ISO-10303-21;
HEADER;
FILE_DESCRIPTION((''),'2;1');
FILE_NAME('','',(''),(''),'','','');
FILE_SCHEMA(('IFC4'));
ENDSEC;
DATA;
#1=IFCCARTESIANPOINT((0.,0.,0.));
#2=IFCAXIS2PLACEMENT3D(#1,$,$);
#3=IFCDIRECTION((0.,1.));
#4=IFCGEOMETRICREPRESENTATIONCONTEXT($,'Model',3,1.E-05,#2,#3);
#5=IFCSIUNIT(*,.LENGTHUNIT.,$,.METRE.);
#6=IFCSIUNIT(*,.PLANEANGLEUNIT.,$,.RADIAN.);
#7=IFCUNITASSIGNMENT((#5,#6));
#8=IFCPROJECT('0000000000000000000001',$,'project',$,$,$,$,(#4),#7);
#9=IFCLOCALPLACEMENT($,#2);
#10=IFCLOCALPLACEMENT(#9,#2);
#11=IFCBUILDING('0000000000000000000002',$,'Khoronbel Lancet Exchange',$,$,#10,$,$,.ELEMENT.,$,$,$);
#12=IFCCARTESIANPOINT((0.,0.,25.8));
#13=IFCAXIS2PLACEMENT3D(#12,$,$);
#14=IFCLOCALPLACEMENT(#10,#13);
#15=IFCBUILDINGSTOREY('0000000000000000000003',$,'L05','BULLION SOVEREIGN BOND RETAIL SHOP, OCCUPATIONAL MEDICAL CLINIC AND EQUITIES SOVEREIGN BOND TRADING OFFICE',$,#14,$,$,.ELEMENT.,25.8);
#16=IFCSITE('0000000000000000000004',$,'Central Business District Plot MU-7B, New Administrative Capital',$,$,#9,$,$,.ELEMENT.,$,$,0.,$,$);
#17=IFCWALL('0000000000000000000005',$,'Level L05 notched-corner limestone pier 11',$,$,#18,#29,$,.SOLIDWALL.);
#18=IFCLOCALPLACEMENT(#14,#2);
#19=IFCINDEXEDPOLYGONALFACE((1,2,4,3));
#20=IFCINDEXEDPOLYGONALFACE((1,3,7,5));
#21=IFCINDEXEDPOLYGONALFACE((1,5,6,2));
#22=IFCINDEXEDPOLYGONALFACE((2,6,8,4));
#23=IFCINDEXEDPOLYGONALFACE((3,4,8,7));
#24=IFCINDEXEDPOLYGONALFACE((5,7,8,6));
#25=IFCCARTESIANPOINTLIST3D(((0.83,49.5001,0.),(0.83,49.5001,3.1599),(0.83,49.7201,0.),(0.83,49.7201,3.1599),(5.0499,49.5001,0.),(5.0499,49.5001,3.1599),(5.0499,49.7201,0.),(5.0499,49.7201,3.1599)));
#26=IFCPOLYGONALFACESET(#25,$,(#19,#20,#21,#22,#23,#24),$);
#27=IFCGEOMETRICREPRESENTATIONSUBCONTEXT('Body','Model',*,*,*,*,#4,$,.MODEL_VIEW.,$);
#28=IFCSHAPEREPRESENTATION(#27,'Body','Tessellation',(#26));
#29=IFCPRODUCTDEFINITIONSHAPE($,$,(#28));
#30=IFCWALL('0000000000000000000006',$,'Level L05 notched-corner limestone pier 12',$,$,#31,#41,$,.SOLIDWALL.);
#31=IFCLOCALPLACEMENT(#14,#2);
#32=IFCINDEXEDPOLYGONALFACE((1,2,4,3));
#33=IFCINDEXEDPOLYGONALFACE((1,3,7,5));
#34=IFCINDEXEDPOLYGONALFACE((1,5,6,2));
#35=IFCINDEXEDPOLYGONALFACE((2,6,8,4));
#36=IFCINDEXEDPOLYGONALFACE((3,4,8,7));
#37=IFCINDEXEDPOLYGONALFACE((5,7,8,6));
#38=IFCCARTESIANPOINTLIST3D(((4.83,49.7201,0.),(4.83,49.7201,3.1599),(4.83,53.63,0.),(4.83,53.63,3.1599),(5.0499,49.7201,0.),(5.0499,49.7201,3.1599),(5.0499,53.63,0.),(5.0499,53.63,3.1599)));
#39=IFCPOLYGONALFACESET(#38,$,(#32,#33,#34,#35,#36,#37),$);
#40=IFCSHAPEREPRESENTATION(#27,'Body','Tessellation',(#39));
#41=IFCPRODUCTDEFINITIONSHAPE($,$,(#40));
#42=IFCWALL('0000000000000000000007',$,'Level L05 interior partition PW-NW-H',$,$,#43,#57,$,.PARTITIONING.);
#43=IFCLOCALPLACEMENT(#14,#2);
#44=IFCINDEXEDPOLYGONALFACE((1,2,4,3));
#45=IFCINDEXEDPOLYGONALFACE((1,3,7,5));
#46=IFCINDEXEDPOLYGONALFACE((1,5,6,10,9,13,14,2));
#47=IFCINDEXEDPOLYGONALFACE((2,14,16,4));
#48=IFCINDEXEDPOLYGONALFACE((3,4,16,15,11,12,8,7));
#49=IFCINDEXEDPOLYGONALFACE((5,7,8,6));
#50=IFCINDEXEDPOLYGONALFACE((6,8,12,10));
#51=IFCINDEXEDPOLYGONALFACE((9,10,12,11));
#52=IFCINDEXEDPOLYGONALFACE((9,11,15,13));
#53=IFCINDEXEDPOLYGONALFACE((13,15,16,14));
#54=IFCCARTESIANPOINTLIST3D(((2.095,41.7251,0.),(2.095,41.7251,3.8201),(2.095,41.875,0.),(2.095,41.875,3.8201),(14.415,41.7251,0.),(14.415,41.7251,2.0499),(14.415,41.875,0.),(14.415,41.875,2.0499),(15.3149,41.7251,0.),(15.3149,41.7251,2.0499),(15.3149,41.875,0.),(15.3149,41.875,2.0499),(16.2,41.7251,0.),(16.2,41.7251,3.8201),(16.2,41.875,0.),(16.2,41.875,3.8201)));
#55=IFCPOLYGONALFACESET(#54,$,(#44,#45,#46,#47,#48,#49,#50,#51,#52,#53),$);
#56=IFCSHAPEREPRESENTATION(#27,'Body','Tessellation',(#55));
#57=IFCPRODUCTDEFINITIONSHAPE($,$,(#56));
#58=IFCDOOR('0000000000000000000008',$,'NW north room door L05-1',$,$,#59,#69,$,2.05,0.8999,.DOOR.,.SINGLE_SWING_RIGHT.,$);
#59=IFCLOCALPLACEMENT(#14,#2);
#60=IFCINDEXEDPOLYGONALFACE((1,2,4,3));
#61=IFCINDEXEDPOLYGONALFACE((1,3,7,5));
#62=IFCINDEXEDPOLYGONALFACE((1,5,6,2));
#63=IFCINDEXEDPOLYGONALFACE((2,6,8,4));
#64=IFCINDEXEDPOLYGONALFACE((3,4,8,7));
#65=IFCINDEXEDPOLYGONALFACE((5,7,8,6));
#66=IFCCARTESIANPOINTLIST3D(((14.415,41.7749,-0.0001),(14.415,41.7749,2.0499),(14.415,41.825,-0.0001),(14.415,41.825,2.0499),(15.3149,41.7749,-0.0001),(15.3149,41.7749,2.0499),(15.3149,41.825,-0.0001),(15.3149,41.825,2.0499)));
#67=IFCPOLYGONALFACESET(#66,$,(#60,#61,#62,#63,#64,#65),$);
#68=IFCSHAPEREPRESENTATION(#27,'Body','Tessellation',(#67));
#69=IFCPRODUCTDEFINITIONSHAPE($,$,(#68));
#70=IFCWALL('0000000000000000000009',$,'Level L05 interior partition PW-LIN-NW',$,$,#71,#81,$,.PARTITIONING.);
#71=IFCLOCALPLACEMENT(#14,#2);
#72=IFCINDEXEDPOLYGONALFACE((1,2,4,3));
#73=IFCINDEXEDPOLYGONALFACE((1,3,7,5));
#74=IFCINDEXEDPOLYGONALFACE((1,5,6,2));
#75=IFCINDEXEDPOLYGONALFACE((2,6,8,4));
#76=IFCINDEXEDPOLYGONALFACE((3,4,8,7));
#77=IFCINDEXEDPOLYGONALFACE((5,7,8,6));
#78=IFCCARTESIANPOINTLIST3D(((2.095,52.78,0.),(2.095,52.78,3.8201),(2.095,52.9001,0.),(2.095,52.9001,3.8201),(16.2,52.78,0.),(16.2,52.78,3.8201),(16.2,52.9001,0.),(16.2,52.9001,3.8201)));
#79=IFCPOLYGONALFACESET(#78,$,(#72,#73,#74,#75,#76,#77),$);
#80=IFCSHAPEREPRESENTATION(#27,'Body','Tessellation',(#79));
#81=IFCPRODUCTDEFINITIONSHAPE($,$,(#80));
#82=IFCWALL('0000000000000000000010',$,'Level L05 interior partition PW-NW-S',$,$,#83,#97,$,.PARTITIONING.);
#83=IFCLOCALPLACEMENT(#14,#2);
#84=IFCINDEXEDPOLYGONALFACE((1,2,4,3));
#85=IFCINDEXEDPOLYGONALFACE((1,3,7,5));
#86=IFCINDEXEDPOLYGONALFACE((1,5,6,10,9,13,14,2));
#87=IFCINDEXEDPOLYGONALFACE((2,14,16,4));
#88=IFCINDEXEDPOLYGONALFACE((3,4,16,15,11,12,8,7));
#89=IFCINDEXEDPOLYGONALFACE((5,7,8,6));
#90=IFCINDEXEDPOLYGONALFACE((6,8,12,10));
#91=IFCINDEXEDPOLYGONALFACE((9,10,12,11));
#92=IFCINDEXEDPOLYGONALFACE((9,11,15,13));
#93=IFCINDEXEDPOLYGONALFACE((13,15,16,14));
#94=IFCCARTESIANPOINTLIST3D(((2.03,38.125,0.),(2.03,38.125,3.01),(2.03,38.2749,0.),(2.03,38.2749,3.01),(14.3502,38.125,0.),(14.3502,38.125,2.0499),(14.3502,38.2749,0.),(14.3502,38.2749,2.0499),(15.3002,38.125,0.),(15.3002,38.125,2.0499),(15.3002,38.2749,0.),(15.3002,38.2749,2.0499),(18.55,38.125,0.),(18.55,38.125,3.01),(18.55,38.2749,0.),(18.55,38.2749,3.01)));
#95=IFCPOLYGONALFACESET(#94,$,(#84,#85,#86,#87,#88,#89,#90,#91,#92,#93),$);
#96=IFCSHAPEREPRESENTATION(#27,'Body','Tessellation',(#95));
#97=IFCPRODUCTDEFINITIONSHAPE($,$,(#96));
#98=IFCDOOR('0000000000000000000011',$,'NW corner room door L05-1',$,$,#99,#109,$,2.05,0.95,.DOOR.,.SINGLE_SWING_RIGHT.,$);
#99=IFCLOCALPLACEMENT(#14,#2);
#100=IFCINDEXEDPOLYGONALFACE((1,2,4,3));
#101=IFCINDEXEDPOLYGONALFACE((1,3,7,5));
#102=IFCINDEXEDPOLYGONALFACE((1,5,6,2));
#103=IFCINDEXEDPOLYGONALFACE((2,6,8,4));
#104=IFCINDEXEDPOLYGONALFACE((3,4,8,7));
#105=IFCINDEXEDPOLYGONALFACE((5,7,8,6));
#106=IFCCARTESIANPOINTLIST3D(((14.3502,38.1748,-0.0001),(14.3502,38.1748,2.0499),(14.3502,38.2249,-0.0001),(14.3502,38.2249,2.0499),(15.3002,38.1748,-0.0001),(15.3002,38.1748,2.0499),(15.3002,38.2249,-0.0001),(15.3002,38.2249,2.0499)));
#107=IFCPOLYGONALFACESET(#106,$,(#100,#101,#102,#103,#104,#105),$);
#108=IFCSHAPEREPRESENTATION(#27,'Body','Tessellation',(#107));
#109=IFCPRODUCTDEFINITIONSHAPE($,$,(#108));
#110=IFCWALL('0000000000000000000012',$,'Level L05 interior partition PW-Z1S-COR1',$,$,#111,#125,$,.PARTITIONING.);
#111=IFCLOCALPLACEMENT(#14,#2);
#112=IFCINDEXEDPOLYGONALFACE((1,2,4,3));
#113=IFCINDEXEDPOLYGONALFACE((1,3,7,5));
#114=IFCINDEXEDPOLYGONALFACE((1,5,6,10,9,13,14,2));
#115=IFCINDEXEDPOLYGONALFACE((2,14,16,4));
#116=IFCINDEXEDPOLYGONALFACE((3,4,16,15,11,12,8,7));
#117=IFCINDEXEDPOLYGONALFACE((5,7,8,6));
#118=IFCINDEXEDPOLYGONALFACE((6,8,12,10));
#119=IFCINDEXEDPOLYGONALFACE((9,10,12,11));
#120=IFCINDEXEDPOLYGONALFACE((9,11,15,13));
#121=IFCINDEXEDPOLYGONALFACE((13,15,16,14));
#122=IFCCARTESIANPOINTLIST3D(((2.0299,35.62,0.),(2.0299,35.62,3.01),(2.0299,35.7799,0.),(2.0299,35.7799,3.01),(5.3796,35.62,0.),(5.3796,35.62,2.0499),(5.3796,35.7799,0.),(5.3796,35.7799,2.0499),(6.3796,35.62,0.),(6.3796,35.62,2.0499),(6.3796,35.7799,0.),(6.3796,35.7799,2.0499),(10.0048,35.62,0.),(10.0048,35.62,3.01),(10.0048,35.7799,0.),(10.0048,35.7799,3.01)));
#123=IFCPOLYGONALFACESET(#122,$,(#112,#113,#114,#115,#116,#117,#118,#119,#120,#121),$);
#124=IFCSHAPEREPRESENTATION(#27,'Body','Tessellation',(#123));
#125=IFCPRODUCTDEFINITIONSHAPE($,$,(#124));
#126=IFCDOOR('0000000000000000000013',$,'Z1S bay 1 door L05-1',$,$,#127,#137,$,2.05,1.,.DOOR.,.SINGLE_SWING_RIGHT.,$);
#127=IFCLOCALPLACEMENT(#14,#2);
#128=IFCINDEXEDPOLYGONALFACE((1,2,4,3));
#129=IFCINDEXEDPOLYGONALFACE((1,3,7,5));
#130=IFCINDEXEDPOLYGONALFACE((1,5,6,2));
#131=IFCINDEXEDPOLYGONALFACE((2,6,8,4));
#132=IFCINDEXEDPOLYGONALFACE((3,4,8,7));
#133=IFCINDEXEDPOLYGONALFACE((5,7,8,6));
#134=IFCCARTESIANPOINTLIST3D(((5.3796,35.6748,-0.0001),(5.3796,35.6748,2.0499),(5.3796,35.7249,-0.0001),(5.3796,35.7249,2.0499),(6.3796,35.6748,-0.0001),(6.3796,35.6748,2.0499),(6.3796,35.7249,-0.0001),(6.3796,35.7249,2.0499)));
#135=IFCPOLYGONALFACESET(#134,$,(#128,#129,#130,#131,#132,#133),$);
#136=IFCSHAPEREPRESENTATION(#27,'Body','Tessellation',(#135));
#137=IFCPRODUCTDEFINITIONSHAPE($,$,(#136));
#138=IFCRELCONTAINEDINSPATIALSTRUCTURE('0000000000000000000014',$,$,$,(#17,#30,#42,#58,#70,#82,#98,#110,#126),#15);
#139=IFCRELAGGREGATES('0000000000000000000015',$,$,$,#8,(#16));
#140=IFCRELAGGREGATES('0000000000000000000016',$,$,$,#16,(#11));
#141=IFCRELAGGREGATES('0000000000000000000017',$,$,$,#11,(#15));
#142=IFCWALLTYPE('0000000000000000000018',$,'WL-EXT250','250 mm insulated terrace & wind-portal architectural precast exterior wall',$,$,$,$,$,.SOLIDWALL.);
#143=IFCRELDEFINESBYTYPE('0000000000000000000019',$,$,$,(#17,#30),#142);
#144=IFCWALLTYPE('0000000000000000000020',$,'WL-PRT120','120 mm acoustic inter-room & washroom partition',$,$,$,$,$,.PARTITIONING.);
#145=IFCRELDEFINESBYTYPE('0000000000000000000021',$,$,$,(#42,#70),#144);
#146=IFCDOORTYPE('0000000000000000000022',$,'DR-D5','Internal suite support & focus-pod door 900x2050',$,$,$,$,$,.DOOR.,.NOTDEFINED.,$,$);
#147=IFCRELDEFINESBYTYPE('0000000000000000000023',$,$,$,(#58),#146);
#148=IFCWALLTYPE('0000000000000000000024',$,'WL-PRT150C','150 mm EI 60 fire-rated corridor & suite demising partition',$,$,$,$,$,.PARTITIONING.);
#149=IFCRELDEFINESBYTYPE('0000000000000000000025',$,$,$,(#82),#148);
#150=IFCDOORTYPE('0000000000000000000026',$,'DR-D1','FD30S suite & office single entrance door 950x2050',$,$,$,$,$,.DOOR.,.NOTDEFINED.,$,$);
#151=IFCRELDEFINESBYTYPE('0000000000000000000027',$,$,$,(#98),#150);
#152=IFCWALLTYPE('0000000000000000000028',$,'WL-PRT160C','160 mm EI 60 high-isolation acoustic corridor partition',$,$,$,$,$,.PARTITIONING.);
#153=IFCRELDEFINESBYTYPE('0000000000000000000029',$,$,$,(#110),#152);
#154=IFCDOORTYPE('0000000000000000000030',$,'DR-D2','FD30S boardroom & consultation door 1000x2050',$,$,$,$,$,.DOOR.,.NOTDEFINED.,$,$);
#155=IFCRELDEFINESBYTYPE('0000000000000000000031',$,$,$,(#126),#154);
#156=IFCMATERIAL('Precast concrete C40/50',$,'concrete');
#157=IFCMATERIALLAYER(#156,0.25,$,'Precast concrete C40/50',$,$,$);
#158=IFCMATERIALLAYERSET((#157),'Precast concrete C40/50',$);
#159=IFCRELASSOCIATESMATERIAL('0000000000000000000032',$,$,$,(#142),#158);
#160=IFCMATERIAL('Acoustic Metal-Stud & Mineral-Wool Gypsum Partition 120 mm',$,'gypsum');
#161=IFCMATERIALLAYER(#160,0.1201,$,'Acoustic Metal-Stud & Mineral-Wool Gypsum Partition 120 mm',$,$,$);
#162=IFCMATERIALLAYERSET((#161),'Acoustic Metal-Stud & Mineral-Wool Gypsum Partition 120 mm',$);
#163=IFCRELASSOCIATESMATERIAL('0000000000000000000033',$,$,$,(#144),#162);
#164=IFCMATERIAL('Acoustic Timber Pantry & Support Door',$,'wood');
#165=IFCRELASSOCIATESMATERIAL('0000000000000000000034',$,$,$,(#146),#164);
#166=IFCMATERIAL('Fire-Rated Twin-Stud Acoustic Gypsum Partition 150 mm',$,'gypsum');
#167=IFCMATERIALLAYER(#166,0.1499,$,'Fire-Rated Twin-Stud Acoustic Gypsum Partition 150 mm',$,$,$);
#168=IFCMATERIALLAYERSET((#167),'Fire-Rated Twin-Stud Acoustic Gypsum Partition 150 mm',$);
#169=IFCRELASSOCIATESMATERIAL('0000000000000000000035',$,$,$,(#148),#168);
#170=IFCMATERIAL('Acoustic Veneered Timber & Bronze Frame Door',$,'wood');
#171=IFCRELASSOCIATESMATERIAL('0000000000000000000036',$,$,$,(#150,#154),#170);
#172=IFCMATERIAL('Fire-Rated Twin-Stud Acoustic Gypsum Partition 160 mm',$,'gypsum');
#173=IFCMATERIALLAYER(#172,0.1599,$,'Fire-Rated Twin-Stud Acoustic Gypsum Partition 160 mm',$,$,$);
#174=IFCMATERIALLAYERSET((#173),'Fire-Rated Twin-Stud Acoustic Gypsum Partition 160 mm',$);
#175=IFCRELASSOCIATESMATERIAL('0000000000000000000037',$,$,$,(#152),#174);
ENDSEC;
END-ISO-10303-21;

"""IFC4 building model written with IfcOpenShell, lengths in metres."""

from ifc_helpers import new_model, si_unit, direction, frame, frame_2d, origin, place, context, subcontext, project, spatial, rectangle, extrude, material, layer, layer_set, type_object, element, fill, save


model = new_model("IFC4")

# Units and contexts
model_context = context("Model", 3, precision=1e-05, world=origin(), true_north=direction((0.0, 1.0)))
body_context = subcontext(model_context, "Body", "Model", "MODEL_VIEW")
ifc_project = project(units=[si_unit("LENGTHUNIT", "METRE"), si_unit("PLANEANGLEUNIT", "RADIAN")], contexts=[model_context])

# Site, building, storey
site_placement = place(None, origin())
site = spatial("IfcSite", under=ifc_project, at=site_placement, Name="Central Business District Plot MU-7B, New Administrative Capital", CompositionType="ELEMENT", RefElevation=0.0)
building_placement = place(site_placement, origin())
building = spatial("IfcBuilding", under=site, at=building_placement, Name="Khoronbel Lancet Exchange", CompositionType="ELEMENT")
storey_placement = place(building_placement, frame((0.0, 0.0, 25.8)))
storey = spatial("IfcBuildingStorey", under=building, at=storey_placement, Name="L05", Description="BULLION SOVEREIGN BOND RETAIL SHOP, OCCUPATIONAL MEDICAL CLINIC AND EQUITIES SOVEREIGN BOND TRADING OFFICE", CompositionType="ELEMENT", Elevation=25.8)

# Walls
ifc_material_1 = material(Name="Precast concrete C40/50", Category="concrete")
ifc_layer_1 = layer(ifc_material_1, 0.25, Name="Precast concrete C40/50")
ifc_layer_set_1 = layer_set([ifc_layer_1], Name="Precast concrete C40/50")
wall_type_1 = type_object("IfcWallType", Name="WL-EXT250", Description="250 mm insulated terrace & wind-portal architectural precast exterior wall", PredefinedType="SOLIDWALL", material=ifc_layer_set_1)
wall_1_placement = place(storey_placement, frame((0.8301, 49.6101, 0.0), z_axis=(0.0, 0.0, 1.0), x_axis=(1.0, 0.0, 0.0)))
element("IfcWall", 1, at=wall_1_placement, inside=storey, type_object=wall_type_1, Name="Level L05 notched-corner limestone pier 11", PredefinedType="SOLIDWALL", context=body_context, shape_type="SweptSolid", body=[
    extrude(rectangle(XDim=4.22, YDim=0.22, at=frame_2d((2.1099, 0.0))), origin(), (0.0, 0.0, 1.0), 3.1599),
])
wall_2_placement = place(storey_placement, frame((4.9399, 49.72, 0.0), z_axis=(0.0, 0.0, 1.0), x_axis=(0.0, 1.0, 0.0)))
element("IfcWall", 2, at=wall_2_placement, inside=storey, type_object=wall_type_1, Name="Level L05 notched-corner limestone pier 12", PredefinedType="SOLIDWALL", context=body_context, shape_type="SweptSolid", body=[
    extrude(rectangle(XDim=3.9099, YDim=0.22, at=frame_2d((1.9551, 0.0))), origin(), (0.0, 0.0, 1.0), 3.1599),
])

# Wall, opening, door
ifc_material_2 = material(Name="Acoustic Metal-Stud & Mineral-Wool Gypsum Partition 120 mm", Category="gypsum")
ifc_layer_2 = layer(ifc_material_2, 0.1201, Name="Acoustic Metal-Stud & Mineral-Wool Gypsum Partition 120 mm")
ifc_layer_set_2 = layer_set([ifc_layer_2], Name="Acoustic Metal-Stud & Mineral-Wool Gypsum Partition 120 mm")
wall_type_2 = type_object("IfcWallType", Name="WL-PRT120", Description="120 mm acoustic inter-room & washroom partition", PredefinedType="PARTITIONING", material=ifc_layer_set_2)
wall_3_placement = place(storey_placement, frame((2.095, 41.8, 0.0), z_axis=(0.0, 0.0, 1.0), x_axis=(1.0, 0.0, 0.0)))
wall_3 = element("IfcWall", 3, at=wall_3_placement, inside=storey, type_object=wall_type_2, Name="Level L05 interior partition PW-NW-H", PredefinedType="PARTITIONING", context=body_context, shape_type="SweptSolid", body=[
    extrude(rectangle(XDim=14.105, YDim=0.1499, at=frame_2d((7.0525, 0.0))), origin(), (0.0, 0.0, 1.0), 3.8201),
])
opening_1_placement = place(wall_3_placement, frame((12.3201, 0.0, 0.0)))
opening_1 = element("IfcOpeningElement", 4, at=opening_1_placement, cuts=wall_3, PredefinedType="OPENING", context=body_context, shape_type="SweptSolid", body=[
    extrude(rectangle(XDim=0.8999, YDim=2.05, at=frame_2d((0.45, 1.0249))), frame((0.0, 0.085, 0.0), z_axis=(0.0, -1.0, 0.0), x_axis=(1.0, 0.0, 0.0)), (0.0, 0.0, 1.0), 0.1699),
])
ifc_material_3 = material(Name="Acoustic Timber Pantry & Support Door", Category="wood")
door_type_1 = type_object("IfcDoorType", Name="DR-D5", Description="Internal suite support & focus-pod door 900x2050", OperationType="NOTDEFINED", PredefinedType="DOOR", material=ifc_material_3)
door_1_placement = place(opening_1_placement, origin())
door_1 = element("IfcDoor", 5, at=door_1_placement, inside=storey, type_object=door_type_1, Name="NW north room door L05-1", OperationType="SINGLE_SWING_RIGHT", OverallHeight=2.05, OverallWidth=0.8999, PredefinedType="DOOR", context=body_context, shape_type="SweptSolid", body=[
    extrude(rectangle(XDim=0.8999, YDim=2.05, at=frame_2d((0.45, 1.0249))), frame((0.0, 0.0249, 0.0), z_axis=(0.0, -1.0, 0.0), x_axis=(1.0, 0.0, 0.0)), (0.0, 0.0, 1.0), 0.05),
])
fill(opening_1, door_1)

# Wall
wall_4_placement = place(storey_placement, frame((2.095, 52.8401, 0.0), z_axis=(0.0, 0.0, 1.0), x_axis=(1.0, 0.0, 0.0)))
element("IfcWall", 6, at=wall_4_placement, inside=storey, type_object=wall_type_2, Name="Level L05 interior partition PW-LIN-NW", PredefinedType="PARTITIONING", context=body_context, shape_type="SweptSolid", body=[
    extrude(rectangle(XDim=14.105, YDim=0.1201, at=frame_2d((7.0525, 0.0))), origin(), (0.0, 0.0, 1.0), 3.8201),
])

# Walls, openings, doors
ifc_material_4 = material(Name="Fire-Rated Twin-Stud Acoustic Gypsum Partition 150 mm", Category="gypsum")
ifc_layer_3 = layer(ifc_material_4, 0.1499, Name="Fire-Rated Twin-Stud Acoustic Gypsum Partition 150 mm")
ifc_layer_set_3 = layer_set([ifc_layer_3], Name="Fire-Rated Twin-Stud Acoustic Gypsum Partition 150 mm")
wall_type_3 = type_object("IfcWallType", Name="WL-PRT150C", Description="150 mm EI 60 fire-rated corridor & suite demising partition", PredefinedType="PARTITIONING", material=ifc_layer_set_3)
wall_5_placement = place(storey_placement, frame((2.03, 38.2, 0.0), z_axis=(0.0, 0.0, 1.0), x_axis=(1.0, 0.0, 0.0)))
wall_5 = element("IfcWall", 7, at=wall_5_placement, inside=storey, type_object=wall_type_3, Name="Level L05 interior partition PW-NW-S", PredefinedType="PARTITIONING", context=body_context, shape_type="SweptSolid", body=[
    extrude(rectangle(XDim=16.52, YDim=0.1499, at=frame_2d((8.26, 0.0))), origin(), (0.0, 0.0, 1.0), 3.01),
])
opening_2_placement = place(wall_5_placement, frame((12.3201, 0.0, 0.0)))
opening_2 = element("IfcOpeningElement", 8, at=opening_2_placement, cuts=wall_5, PredefinedType="OPENING", context=body_context, shape_type="SweptSolid", body=[
    extrude(rectangle(XDim=0.95, YDim=2.05, at=frame_2d((0.4751, 1.0249))), frame((0.0, 0.085, 0.0), z_axis=(0.0, -1.0, 0.0), x_axis=(1.0, 0.0, 0.0)), (0.0, 0.0, 1.0), 0.1699),
])
ifc_material_5 = material(Name="Acoustic Veneered Timber & Bronze Frame Door", Category="wood")
door_type_2 = type_object("IfcDoorType", Name="DR-D1", Description="FD30S suite & office single entrance door 950x2050", OperationType="NOTDEFINED", PredefinedType="DOOR", material=ifc_material_5)
door_2_placement = place(opening_2_placement, origin())
door_2 = element("IfcDoor", 9, at=door_2_placement, inside=storey, type_object=door_type_2, Name="NW corner room door L05-1", OperationType="SINGLE_SWING_RIGHT", OverallHeight=2.05, OverallWidth=0.95, PredefinedType="DOOR", context=body_context, shape_type="SweptSolid", body=[
    extrude(rectangle(XDim=0.95, YDim=2.05, at=frame_2d((0.4751, 1.0249))), frame((0.0, 0.0249, 0.0), z_axis=(0.0, -1.0, 0.0), x_axis=(1.0, 0.0, 0.0)), (0.0, 0.0, 1.0), 0.05),
])
fill(opening_2, door_2)
ifc_material_6 = material(Name="Fire-Rated Twin-Stud Acoustic Gypsum Partition 160 mm", Category="gypsum")
ifc_layer_4 = layer(ifc_material_6, 0.1599, Name="Fire-Rated Twin-Stud Acoustic Gypsum Partition 160 mm")
ifc_layer_set_4 = layer_set([ifc_layer_4], Name="Fire-Rated Twin-Stud Acoustic Gypsum Partition 160 mm")
wall_type_4 = type_object("IfcWallType", Name="WL-PRT160C", Description="160 mm EI 60 high-isolation acoustic corridor partition", PredefinedType="PARTITIONING", material=ifc_layer_set_4)
wall_6_placement = place(storey_placement, frame((2.03, 35.7, 0.0), z_axis=(0.0, 0.0, 1.0), x_axis=(1.0, 0.0, 0.0)))
wall_6 = element("IfcWall", 10, at=wall_6_placement, inside=storey, type_object=wall_type_4, Name="Level L05 interior partition PW-Z1S-COR1", PredefinedType="PARTITIONING", context=body_context, shape_type="SweptSolid", body=[
    extrude(rectangle(XDim=7.9749, YDim=0.1599, at=frame_2d((3.9873, 0.0))), origin(), (0.0, 0.0, 1.0), 3.01),
])
opening_3_placement = place(wall_6_placement, frame((3.3496, 0.0, 0.0)))
opening_3 = element("IfcOpeningElement", 11, at=opening_3_placement, cuts=wall_6, PredefinedType="OPENING", context=body_context, shape_type="SweptSolid", body=[
    extrude(rectangle(XDim=1.0, YDim=2.05, at=frame_2d((0.5, 1.0249))), frame((0.0, 0.0898, 0.0), z_axis=(0.0, -1.0, 0.0), x_axis=(1.0, 0.0, 0.0)), (0.0, 0.0, 1.0), 0.1799),
])
door_type_3 = type_object("IfcDoorType", Name="DR-D2", Description="FD30S boardroom & consultation door 1000x2050", OperationType="NOTDEFINED", PredefinedType="DOOR", material=ifc_material_5)
door_3_placement = place(opening_3_placement, origin())
door_3 = element("IfcDoor", 12, at=door_3_placement, inside=storey, type_object=door_type_3, Name="Z1S bay 1 door L05-1", OperationType="SINGLE_SWING_RIGHT", OverallHeight=2.05, OverallWidth=1.0, PredefinedType="DOOR", context=body_context, shape_type="SweptSolid", body=[
    extrude(rectangle(XDim=1.0, YDim=2.05, at=frame_2d((0.5, 1.0249))), frame((0.0, 0.0249, 0.0), z_axis=(0.0, -1.0, 0.0), x_axis=(1.0, 0.0, 0.0)), (0.0, 0.0, 1.0), 0.05),
])
fill(opening_3, door_3)

save(model, "model.ifc")
